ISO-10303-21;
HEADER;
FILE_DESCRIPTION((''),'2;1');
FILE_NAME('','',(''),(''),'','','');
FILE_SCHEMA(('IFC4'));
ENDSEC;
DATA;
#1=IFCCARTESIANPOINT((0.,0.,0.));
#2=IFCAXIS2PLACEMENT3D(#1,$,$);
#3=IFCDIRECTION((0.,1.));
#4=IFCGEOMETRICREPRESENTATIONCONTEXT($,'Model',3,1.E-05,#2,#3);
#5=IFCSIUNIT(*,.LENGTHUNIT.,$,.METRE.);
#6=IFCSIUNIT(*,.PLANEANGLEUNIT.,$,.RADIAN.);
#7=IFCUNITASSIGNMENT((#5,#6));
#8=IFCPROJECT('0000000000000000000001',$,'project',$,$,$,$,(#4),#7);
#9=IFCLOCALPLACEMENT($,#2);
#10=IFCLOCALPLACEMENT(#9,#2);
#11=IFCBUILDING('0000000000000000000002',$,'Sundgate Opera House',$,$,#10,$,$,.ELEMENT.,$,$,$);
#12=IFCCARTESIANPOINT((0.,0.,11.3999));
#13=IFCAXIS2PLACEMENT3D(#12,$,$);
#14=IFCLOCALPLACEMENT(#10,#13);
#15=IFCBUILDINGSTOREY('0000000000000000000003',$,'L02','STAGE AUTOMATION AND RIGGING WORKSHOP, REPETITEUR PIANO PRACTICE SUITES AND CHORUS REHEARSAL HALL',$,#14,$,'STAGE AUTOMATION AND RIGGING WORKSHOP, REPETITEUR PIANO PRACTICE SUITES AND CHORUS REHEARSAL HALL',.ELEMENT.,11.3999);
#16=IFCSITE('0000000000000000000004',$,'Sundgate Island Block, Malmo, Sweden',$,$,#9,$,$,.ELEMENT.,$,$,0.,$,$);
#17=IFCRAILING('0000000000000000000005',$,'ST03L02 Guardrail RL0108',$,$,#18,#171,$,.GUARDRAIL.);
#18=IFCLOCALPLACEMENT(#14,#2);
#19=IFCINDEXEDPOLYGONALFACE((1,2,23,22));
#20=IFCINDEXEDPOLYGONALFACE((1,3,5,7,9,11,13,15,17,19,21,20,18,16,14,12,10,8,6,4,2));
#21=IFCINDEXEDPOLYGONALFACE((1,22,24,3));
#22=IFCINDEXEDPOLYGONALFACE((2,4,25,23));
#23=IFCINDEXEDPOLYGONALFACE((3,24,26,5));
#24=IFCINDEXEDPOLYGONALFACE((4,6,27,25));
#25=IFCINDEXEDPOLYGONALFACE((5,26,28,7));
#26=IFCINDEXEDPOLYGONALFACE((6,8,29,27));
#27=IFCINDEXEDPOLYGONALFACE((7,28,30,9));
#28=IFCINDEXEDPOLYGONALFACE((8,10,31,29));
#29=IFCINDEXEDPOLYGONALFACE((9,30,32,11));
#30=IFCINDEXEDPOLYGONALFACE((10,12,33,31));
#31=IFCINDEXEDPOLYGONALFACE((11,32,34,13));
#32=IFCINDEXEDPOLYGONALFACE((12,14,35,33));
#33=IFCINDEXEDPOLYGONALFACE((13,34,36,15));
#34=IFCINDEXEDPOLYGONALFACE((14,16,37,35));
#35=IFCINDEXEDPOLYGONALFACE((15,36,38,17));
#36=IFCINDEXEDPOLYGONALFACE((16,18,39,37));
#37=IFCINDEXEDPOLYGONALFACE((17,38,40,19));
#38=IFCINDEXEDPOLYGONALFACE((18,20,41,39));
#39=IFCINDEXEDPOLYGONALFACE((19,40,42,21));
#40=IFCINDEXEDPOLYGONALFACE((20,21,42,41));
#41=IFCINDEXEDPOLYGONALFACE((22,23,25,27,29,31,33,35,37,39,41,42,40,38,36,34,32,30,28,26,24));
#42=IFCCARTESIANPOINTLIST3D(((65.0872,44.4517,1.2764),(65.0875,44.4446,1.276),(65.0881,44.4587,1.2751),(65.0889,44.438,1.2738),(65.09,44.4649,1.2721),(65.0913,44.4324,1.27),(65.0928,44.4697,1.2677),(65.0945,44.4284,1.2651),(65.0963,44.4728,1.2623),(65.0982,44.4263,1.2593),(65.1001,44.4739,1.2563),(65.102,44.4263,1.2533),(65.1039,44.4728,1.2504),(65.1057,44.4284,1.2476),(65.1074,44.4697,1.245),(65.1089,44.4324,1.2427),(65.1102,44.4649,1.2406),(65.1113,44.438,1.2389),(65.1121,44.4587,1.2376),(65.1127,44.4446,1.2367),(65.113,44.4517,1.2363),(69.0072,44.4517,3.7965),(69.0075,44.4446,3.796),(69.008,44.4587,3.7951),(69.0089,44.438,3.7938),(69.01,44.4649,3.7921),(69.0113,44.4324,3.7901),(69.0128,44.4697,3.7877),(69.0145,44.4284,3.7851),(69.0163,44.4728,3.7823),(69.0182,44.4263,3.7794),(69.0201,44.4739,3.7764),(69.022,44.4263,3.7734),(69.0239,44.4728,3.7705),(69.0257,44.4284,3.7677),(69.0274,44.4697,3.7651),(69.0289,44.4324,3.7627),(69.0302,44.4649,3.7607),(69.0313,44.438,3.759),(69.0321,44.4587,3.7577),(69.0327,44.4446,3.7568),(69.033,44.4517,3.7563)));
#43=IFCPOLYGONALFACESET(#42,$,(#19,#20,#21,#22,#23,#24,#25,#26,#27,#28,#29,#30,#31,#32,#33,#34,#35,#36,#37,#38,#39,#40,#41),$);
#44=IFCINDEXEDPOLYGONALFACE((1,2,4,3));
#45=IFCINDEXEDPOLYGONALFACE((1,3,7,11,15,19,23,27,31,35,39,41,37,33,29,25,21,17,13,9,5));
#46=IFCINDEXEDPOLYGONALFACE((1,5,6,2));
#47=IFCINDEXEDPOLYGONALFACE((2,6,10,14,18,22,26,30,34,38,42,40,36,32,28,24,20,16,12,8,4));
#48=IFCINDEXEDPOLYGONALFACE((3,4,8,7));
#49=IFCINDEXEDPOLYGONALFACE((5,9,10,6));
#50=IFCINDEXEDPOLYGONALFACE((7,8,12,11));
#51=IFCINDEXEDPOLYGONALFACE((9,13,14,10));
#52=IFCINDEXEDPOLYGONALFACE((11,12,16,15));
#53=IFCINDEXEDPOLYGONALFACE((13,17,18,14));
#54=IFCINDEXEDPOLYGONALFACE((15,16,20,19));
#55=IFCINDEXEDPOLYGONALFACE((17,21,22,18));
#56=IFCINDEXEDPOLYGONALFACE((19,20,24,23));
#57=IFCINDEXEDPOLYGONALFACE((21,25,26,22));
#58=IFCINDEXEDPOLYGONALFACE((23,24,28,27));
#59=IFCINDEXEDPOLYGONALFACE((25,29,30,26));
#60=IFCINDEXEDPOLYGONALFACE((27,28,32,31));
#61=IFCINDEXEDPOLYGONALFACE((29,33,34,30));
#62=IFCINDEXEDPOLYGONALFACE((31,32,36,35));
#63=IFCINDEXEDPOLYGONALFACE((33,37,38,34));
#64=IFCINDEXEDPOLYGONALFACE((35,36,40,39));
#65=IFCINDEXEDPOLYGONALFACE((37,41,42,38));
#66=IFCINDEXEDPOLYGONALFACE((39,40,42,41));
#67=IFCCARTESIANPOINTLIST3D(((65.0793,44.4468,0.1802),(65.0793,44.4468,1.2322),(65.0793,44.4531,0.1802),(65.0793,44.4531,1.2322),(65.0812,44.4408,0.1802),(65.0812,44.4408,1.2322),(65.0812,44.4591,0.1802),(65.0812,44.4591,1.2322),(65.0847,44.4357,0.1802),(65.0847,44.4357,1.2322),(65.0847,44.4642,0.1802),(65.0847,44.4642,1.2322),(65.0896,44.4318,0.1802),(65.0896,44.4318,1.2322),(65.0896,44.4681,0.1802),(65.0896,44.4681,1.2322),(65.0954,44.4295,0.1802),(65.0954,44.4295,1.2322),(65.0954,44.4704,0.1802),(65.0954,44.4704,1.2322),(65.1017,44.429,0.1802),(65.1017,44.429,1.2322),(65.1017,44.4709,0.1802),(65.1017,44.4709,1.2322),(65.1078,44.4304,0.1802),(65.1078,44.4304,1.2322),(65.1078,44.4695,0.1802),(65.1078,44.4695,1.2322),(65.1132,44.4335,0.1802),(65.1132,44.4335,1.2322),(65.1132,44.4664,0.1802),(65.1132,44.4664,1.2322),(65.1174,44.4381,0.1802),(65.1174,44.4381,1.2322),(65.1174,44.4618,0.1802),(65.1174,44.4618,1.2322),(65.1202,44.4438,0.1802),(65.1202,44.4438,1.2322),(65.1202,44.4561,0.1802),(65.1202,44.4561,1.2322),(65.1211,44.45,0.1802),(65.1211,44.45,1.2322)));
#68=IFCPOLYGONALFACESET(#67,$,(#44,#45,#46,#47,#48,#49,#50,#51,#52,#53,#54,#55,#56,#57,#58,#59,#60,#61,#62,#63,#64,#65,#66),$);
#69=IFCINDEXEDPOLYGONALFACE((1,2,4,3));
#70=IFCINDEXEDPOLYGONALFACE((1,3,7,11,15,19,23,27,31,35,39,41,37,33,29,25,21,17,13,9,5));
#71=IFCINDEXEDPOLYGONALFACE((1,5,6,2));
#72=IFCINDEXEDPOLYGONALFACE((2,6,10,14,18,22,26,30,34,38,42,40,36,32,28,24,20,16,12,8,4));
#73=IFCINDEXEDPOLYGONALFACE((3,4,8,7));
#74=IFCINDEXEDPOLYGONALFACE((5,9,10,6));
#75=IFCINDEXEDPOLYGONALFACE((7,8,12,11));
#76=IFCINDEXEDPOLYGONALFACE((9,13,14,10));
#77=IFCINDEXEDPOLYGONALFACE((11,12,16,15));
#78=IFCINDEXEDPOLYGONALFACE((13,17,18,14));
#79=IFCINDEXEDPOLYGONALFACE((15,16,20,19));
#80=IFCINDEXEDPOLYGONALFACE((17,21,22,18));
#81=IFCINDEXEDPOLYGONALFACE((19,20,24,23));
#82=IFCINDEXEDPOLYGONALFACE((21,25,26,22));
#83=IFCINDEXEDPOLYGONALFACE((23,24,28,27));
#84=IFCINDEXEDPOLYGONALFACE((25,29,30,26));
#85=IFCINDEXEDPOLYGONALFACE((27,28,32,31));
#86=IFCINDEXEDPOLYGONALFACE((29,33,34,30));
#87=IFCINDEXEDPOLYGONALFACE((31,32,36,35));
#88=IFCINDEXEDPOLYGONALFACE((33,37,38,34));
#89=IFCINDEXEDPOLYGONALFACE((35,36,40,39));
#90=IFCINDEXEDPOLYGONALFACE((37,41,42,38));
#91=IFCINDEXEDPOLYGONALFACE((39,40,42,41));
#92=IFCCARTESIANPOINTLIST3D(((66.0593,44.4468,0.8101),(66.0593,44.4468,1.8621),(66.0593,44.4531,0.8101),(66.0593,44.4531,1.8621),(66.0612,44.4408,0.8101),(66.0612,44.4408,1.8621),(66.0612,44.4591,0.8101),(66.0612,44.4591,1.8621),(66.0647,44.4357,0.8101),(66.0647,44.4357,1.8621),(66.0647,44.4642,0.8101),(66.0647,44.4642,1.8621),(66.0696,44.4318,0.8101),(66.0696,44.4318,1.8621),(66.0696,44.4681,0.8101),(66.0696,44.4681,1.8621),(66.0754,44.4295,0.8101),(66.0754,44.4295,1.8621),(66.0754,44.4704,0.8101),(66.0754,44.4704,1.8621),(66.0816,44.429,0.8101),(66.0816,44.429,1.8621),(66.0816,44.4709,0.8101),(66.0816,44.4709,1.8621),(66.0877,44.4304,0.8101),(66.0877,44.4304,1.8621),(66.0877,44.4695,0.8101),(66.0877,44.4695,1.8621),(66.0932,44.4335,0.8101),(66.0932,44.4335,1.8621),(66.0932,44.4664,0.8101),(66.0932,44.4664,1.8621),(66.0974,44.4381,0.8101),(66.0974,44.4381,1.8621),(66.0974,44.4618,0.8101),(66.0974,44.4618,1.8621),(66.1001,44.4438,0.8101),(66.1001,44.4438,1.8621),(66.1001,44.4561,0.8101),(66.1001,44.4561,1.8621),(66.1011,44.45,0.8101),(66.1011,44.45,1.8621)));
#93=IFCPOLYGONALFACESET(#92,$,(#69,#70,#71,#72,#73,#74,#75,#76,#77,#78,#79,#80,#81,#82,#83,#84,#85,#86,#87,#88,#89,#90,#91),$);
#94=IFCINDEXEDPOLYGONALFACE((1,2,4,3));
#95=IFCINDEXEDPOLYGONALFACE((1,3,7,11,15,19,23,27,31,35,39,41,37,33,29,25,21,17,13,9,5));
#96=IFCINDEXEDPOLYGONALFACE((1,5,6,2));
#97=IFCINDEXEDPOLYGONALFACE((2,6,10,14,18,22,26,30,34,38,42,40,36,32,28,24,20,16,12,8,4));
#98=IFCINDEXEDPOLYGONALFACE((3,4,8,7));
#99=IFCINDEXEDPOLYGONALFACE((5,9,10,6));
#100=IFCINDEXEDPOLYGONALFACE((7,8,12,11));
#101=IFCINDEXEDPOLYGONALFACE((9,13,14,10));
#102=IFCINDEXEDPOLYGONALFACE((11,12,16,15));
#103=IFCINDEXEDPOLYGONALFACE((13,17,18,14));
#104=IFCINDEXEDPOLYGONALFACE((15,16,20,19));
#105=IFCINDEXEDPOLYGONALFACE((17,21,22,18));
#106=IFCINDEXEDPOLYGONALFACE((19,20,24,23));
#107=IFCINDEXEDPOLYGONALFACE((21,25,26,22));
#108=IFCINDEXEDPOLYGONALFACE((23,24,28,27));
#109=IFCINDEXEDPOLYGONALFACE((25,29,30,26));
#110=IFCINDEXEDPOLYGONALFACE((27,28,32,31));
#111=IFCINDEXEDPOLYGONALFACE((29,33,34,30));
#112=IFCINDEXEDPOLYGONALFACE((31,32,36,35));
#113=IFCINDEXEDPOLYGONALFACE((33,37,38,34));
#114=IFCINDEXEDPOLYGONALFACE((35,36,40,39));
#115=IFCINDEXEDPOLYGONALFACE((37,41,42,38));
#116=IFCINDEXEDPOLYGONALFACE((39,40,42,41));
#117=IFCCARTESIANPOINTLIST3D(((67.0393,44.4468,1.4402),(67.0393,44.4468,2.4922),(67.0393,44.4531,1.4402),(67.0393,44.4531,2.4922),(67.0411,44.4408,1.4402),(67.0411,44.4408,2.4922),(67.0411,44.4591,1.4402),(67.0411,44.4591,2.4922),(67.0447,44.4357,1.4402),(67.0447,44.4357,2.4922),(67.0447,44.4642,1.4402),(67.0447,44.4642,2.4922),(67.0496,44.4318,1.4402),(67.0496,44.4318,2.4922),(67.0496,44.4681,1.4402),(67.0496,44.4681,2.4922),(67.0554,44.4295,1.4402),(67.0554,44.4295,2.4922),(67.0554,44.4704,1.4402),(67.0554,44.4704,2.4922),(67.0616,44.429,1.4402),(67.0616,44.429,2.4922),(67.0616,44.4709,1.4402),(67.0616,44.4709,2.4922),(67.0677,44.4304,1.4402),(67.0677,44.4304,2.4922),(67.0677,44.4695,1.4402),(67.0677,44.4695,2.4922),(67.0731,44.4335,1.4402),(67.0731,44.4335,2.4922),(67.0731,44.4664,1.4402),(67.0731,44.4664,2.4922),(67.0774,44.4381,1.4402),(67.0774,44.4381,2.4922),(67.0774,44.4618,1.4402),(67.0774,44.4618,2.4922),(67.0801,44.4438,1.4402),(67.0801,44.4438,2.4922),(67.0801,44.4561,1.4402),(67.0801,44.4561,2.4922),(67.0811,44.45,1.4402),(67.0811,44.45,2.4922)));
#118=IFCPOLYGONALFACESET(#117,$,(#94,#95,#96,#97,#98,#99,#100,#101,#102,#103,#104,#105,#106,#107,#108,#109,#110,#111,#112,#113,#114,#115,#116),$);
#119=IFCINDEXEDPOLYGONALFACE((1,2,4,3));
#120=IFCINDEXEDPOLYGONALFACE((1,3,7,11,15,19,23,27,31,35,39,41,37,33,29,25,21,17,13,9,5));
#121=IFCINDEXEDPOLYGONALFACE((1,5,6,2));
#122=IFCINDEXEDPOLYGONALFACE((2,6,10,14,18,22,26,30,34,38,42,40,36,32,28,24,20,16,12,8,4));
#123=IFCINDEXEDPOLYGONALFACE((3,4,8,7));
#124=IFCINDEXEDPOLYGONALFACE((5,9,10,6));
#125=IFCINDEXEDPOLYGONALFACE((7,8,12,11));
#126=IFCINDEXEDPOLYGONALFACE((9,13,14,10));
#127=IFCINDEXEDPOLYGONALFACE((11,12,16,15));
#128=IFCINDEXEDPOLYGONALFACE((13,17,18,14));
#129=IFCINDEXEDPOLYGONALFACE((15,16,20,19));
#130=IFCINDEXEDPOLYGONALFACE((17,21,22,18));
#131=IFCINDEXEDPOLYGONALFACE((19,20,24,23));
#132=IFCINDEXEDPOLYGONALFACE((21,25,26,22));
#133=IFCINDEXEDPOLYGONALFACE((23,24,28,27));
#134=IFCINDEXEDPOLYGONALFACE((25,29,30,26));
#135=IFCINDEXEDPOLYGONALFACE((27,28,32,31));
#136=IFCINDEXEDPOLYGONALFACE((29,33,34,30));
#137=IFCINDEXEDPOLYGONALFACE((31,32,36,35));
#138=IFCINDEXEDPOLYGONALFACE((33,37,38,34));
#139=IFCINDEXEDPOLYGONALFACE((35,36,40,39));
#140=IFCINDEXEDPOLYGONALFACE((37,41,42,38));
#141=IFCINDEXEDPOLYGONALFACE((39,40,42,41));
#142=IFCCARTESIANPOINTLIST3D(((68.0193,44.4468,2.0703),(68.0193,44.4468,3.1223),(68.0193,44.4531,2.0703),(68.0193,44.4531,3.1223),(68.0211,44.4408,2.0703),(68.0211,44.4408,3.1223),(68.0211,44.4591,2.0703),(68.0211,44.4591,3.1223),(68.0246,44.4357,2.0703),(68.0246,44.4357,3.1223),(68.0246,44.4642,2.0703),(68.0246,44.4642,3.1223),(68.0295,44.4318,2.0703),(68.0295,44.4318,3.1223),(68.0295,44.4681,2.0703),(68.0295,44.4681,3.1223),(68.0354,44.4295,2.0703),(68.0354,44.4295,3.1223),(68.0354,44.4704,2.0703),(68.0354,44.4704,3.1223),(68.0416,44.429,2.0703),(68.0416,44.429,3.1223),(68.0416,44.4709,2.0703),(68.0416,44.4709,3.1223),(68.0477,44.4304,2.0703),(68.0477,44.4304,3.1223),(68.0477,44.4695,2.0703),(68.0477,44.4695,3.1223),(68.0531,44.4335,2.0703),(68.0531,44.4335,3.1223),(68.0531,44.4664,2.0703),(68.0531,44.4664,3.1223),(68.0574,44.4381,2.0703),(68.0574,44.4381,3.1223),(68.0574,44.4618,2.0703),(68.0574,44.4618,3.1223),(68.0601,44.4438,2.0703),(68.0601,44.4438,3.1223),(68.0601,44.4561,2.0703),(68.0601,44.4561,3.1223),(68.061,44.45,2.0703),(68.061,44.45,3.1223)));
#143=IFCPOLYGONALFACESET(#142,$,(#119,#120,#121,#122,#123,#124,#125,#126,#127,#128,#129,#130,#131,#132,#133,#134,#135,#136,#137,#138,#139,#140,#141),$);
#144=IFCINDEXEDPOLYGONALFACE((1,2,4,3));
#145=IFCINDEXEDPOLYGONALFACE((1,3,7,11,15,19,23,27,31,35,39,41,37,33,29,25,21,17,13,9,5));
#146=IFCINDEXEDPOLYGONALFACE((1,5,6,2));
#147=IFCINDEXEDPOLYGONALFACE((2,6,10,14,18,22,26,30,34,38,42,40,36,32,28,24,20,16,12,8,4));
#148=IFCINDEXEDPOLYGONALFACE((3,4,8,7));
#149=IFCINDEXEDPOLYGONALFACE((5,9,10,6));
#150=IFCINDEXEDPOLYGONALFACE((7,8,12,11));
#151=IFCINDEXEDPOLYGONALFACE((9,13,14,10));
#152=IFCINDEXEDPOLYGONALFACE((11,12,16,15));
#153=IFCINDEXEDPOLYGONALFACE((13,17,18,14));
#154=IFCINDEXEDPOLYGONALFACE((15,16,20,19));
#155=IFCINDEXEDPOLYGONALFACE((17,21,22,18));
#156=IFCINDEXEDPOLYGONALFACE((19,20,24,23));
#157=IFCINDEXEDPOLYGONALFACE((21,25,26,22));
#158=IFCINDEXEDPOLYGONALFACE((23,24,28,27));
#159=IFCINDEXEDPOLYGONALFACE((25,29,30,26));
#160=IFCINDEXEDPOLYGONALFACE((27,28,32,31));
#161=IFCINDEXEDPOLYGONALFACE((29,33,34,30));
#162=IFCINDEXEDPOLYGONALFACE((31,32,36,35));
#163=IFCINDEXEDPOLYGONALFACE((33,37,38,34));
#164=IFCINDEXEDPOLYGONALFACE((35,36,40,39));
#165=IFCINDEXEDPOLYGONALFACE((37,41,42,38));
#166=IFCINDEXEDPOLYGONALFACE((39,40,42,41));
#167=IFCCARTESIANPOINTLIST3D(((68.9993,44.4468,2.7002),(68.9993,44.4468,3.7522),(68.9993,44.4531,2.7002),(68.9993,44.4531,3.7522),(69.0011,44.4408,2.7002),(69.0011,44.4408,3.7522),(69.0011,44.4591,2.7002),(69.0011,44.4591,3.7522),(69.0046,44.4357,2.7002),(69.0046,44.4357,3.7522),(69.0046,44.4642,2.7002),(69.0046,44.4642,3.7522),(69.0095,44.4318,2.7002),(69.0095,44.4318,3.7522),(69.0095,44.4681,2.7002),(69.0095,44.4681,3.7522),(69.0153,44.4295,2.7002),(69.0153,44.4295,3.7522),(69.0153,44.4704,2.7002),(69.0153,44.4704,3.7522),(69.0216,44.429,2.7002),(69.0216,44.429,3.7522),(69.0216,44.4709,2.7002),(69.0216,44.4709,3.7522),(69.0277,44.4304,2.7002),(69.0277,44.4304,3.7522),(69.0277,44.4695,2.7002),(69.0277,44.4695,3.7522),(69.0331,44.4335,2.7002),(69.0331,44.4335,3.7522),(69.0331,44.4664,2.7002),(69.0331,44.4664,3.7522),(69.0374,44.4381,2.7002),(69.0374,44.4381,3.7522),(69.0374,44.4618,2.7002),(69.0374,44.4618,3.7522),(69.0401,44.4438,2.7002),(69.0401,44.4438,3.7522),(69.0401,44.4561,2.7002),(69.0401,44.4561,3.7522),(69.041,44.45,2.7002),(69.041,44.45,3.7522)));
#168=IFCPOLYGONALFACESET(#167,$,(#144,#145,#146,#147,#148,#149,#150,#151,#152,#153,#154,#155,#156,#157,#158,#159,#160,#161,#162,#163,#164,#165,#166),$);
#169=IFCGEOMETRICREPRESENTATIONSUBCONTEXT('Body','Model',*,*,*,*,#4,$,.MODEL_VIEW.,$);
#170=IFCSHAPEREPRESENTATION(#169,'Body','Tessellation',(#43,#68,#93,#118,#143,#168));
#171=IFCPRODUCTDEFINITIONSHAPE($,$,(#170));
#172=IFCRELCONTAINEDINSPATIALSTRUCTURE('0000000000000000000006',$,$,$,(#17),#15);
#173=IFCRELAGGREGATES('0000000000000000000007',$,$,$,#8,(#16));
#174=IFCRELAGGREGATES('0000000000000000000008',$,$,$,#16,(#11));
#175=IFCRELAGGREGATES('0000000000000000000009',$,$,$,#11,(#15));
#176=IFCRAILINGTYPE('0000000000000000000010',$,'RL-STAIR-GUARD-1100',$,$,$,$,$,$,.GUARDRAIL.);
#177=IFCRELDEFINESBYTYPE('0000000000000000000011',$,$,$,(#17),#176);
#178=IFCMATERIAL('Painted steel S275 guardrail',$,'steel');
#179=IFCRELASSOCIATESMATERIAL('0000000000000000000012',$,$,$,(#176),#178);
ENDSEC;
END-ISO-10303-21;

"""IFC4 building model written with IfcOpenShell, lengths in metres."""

from ifc_helpers import new_model, si_unit, direction, frame, origin, origin_2d, place, context, subcontext, project, spatial, circle, extrude, material, type_object, element, save


model = new_model("IFC4")

# Units and contexts
model_context = context("Model", 3, precision=1e-05, world=origin(), true_north=direction((0.0, 1.0)))
body_context = subcontext(model_context, "Body", "Model", "MODEL_VIEW")
ifc_project = project(units=[si_unit("LENGTHUNIT", "METRE"), si_unit("PLANEANGLEUNIT", "RADIAN")], contexts=[model_context])

# Site, building, storey
site_placement = place(None, origin())
site = spatial("IfcSite", under=ifc_project, at=site_placement, Name="Sundgate Island Block, Malmo, Sweden", CompositionType="ELEMENT", RefElevation=0.0)
building_placement = place(site_placement, origin())
building = spatial("IfcBuilding", under=site, at=building_placement, Name="Sundgate Opera House", CompositionType="ELEMENT")
storey_placement = place(building_placement, frame((0.0, 0.0, 11.3999)))
storey = spatial("IfcBuildingStorey", under=building, at=storey_placement, Name="L02", Description="STAGE AUTOMATION AND RIGGING WORKSHOP, REPETITEUR PIANO PRACTICE SUITES AND CHORUS REHEARSAL HALL", LongName="STAGE AUTOMATION AND RIGGING WORKSHOP, REPETITEUR PIANO PRACTICE SUITES AND CHORUS REHEARSAL HALL", CompositionType="ELEMENT", Elevation=11.3999)

# Railing
ifc_material_1 = material(Name="Painted steel S275 guardrail", Category="steel")
railing_type_1 = type_object("IfcRailingType", Name="RL-STAIR-GUARD-1100", PredefinedType="GUARDRAIL", material=ifc_material_1)
railing_1_placement = place(storey_placement, frame((65.1001, 44.45, 0.1802)))
element("IfcRailing", 1, at=railing_1_placement, inside=storey, type_object=railing_type_1, Name="ST03L02 Guardrail RL0108", PredefinedType="GUARDRAIL", context=body_context, shape_type="SweptSolid", body=[
    extrude(circle(Radius=0.0239, at=origin_2d()), frame((0.0, 0.0, 1.0762), z_axis=(0.841172, 0.0, 0.540768), x_axis=(0.0, 1.0, 0.0)), (0.0, 0.0, 1.0), 4.6602),
    extrude(circle(Radius=0.021, at=origin_2d()), origin(), (0.0, 0.0, 1.0), 1.052),
    extrude(circle(Radius=0.021, at=origin_2d()), frame((0.98, 0.0, 0.6299)), (0.0, 0.0, 1.0), 1.052),
    extrude(circle(Radius=0.021, at=origin_2d()), frame((1.96, 0.0, 1.26)), (0.0, 0.0, 1.0), 1.052),
    extrude(circle(Radius=0.021, at=origin_2d()), frame((2.9399, 0.0, 1.8901)), (0.0, 0.0, 1.0), 1.052),
    extrude(circle(Radius=0.021, at=origin_2d()), frame((3.9199, 0.0, 2.52)), (0.0, 0.0, 1.0), 1.052),
])

save(model, "model.ifc")
